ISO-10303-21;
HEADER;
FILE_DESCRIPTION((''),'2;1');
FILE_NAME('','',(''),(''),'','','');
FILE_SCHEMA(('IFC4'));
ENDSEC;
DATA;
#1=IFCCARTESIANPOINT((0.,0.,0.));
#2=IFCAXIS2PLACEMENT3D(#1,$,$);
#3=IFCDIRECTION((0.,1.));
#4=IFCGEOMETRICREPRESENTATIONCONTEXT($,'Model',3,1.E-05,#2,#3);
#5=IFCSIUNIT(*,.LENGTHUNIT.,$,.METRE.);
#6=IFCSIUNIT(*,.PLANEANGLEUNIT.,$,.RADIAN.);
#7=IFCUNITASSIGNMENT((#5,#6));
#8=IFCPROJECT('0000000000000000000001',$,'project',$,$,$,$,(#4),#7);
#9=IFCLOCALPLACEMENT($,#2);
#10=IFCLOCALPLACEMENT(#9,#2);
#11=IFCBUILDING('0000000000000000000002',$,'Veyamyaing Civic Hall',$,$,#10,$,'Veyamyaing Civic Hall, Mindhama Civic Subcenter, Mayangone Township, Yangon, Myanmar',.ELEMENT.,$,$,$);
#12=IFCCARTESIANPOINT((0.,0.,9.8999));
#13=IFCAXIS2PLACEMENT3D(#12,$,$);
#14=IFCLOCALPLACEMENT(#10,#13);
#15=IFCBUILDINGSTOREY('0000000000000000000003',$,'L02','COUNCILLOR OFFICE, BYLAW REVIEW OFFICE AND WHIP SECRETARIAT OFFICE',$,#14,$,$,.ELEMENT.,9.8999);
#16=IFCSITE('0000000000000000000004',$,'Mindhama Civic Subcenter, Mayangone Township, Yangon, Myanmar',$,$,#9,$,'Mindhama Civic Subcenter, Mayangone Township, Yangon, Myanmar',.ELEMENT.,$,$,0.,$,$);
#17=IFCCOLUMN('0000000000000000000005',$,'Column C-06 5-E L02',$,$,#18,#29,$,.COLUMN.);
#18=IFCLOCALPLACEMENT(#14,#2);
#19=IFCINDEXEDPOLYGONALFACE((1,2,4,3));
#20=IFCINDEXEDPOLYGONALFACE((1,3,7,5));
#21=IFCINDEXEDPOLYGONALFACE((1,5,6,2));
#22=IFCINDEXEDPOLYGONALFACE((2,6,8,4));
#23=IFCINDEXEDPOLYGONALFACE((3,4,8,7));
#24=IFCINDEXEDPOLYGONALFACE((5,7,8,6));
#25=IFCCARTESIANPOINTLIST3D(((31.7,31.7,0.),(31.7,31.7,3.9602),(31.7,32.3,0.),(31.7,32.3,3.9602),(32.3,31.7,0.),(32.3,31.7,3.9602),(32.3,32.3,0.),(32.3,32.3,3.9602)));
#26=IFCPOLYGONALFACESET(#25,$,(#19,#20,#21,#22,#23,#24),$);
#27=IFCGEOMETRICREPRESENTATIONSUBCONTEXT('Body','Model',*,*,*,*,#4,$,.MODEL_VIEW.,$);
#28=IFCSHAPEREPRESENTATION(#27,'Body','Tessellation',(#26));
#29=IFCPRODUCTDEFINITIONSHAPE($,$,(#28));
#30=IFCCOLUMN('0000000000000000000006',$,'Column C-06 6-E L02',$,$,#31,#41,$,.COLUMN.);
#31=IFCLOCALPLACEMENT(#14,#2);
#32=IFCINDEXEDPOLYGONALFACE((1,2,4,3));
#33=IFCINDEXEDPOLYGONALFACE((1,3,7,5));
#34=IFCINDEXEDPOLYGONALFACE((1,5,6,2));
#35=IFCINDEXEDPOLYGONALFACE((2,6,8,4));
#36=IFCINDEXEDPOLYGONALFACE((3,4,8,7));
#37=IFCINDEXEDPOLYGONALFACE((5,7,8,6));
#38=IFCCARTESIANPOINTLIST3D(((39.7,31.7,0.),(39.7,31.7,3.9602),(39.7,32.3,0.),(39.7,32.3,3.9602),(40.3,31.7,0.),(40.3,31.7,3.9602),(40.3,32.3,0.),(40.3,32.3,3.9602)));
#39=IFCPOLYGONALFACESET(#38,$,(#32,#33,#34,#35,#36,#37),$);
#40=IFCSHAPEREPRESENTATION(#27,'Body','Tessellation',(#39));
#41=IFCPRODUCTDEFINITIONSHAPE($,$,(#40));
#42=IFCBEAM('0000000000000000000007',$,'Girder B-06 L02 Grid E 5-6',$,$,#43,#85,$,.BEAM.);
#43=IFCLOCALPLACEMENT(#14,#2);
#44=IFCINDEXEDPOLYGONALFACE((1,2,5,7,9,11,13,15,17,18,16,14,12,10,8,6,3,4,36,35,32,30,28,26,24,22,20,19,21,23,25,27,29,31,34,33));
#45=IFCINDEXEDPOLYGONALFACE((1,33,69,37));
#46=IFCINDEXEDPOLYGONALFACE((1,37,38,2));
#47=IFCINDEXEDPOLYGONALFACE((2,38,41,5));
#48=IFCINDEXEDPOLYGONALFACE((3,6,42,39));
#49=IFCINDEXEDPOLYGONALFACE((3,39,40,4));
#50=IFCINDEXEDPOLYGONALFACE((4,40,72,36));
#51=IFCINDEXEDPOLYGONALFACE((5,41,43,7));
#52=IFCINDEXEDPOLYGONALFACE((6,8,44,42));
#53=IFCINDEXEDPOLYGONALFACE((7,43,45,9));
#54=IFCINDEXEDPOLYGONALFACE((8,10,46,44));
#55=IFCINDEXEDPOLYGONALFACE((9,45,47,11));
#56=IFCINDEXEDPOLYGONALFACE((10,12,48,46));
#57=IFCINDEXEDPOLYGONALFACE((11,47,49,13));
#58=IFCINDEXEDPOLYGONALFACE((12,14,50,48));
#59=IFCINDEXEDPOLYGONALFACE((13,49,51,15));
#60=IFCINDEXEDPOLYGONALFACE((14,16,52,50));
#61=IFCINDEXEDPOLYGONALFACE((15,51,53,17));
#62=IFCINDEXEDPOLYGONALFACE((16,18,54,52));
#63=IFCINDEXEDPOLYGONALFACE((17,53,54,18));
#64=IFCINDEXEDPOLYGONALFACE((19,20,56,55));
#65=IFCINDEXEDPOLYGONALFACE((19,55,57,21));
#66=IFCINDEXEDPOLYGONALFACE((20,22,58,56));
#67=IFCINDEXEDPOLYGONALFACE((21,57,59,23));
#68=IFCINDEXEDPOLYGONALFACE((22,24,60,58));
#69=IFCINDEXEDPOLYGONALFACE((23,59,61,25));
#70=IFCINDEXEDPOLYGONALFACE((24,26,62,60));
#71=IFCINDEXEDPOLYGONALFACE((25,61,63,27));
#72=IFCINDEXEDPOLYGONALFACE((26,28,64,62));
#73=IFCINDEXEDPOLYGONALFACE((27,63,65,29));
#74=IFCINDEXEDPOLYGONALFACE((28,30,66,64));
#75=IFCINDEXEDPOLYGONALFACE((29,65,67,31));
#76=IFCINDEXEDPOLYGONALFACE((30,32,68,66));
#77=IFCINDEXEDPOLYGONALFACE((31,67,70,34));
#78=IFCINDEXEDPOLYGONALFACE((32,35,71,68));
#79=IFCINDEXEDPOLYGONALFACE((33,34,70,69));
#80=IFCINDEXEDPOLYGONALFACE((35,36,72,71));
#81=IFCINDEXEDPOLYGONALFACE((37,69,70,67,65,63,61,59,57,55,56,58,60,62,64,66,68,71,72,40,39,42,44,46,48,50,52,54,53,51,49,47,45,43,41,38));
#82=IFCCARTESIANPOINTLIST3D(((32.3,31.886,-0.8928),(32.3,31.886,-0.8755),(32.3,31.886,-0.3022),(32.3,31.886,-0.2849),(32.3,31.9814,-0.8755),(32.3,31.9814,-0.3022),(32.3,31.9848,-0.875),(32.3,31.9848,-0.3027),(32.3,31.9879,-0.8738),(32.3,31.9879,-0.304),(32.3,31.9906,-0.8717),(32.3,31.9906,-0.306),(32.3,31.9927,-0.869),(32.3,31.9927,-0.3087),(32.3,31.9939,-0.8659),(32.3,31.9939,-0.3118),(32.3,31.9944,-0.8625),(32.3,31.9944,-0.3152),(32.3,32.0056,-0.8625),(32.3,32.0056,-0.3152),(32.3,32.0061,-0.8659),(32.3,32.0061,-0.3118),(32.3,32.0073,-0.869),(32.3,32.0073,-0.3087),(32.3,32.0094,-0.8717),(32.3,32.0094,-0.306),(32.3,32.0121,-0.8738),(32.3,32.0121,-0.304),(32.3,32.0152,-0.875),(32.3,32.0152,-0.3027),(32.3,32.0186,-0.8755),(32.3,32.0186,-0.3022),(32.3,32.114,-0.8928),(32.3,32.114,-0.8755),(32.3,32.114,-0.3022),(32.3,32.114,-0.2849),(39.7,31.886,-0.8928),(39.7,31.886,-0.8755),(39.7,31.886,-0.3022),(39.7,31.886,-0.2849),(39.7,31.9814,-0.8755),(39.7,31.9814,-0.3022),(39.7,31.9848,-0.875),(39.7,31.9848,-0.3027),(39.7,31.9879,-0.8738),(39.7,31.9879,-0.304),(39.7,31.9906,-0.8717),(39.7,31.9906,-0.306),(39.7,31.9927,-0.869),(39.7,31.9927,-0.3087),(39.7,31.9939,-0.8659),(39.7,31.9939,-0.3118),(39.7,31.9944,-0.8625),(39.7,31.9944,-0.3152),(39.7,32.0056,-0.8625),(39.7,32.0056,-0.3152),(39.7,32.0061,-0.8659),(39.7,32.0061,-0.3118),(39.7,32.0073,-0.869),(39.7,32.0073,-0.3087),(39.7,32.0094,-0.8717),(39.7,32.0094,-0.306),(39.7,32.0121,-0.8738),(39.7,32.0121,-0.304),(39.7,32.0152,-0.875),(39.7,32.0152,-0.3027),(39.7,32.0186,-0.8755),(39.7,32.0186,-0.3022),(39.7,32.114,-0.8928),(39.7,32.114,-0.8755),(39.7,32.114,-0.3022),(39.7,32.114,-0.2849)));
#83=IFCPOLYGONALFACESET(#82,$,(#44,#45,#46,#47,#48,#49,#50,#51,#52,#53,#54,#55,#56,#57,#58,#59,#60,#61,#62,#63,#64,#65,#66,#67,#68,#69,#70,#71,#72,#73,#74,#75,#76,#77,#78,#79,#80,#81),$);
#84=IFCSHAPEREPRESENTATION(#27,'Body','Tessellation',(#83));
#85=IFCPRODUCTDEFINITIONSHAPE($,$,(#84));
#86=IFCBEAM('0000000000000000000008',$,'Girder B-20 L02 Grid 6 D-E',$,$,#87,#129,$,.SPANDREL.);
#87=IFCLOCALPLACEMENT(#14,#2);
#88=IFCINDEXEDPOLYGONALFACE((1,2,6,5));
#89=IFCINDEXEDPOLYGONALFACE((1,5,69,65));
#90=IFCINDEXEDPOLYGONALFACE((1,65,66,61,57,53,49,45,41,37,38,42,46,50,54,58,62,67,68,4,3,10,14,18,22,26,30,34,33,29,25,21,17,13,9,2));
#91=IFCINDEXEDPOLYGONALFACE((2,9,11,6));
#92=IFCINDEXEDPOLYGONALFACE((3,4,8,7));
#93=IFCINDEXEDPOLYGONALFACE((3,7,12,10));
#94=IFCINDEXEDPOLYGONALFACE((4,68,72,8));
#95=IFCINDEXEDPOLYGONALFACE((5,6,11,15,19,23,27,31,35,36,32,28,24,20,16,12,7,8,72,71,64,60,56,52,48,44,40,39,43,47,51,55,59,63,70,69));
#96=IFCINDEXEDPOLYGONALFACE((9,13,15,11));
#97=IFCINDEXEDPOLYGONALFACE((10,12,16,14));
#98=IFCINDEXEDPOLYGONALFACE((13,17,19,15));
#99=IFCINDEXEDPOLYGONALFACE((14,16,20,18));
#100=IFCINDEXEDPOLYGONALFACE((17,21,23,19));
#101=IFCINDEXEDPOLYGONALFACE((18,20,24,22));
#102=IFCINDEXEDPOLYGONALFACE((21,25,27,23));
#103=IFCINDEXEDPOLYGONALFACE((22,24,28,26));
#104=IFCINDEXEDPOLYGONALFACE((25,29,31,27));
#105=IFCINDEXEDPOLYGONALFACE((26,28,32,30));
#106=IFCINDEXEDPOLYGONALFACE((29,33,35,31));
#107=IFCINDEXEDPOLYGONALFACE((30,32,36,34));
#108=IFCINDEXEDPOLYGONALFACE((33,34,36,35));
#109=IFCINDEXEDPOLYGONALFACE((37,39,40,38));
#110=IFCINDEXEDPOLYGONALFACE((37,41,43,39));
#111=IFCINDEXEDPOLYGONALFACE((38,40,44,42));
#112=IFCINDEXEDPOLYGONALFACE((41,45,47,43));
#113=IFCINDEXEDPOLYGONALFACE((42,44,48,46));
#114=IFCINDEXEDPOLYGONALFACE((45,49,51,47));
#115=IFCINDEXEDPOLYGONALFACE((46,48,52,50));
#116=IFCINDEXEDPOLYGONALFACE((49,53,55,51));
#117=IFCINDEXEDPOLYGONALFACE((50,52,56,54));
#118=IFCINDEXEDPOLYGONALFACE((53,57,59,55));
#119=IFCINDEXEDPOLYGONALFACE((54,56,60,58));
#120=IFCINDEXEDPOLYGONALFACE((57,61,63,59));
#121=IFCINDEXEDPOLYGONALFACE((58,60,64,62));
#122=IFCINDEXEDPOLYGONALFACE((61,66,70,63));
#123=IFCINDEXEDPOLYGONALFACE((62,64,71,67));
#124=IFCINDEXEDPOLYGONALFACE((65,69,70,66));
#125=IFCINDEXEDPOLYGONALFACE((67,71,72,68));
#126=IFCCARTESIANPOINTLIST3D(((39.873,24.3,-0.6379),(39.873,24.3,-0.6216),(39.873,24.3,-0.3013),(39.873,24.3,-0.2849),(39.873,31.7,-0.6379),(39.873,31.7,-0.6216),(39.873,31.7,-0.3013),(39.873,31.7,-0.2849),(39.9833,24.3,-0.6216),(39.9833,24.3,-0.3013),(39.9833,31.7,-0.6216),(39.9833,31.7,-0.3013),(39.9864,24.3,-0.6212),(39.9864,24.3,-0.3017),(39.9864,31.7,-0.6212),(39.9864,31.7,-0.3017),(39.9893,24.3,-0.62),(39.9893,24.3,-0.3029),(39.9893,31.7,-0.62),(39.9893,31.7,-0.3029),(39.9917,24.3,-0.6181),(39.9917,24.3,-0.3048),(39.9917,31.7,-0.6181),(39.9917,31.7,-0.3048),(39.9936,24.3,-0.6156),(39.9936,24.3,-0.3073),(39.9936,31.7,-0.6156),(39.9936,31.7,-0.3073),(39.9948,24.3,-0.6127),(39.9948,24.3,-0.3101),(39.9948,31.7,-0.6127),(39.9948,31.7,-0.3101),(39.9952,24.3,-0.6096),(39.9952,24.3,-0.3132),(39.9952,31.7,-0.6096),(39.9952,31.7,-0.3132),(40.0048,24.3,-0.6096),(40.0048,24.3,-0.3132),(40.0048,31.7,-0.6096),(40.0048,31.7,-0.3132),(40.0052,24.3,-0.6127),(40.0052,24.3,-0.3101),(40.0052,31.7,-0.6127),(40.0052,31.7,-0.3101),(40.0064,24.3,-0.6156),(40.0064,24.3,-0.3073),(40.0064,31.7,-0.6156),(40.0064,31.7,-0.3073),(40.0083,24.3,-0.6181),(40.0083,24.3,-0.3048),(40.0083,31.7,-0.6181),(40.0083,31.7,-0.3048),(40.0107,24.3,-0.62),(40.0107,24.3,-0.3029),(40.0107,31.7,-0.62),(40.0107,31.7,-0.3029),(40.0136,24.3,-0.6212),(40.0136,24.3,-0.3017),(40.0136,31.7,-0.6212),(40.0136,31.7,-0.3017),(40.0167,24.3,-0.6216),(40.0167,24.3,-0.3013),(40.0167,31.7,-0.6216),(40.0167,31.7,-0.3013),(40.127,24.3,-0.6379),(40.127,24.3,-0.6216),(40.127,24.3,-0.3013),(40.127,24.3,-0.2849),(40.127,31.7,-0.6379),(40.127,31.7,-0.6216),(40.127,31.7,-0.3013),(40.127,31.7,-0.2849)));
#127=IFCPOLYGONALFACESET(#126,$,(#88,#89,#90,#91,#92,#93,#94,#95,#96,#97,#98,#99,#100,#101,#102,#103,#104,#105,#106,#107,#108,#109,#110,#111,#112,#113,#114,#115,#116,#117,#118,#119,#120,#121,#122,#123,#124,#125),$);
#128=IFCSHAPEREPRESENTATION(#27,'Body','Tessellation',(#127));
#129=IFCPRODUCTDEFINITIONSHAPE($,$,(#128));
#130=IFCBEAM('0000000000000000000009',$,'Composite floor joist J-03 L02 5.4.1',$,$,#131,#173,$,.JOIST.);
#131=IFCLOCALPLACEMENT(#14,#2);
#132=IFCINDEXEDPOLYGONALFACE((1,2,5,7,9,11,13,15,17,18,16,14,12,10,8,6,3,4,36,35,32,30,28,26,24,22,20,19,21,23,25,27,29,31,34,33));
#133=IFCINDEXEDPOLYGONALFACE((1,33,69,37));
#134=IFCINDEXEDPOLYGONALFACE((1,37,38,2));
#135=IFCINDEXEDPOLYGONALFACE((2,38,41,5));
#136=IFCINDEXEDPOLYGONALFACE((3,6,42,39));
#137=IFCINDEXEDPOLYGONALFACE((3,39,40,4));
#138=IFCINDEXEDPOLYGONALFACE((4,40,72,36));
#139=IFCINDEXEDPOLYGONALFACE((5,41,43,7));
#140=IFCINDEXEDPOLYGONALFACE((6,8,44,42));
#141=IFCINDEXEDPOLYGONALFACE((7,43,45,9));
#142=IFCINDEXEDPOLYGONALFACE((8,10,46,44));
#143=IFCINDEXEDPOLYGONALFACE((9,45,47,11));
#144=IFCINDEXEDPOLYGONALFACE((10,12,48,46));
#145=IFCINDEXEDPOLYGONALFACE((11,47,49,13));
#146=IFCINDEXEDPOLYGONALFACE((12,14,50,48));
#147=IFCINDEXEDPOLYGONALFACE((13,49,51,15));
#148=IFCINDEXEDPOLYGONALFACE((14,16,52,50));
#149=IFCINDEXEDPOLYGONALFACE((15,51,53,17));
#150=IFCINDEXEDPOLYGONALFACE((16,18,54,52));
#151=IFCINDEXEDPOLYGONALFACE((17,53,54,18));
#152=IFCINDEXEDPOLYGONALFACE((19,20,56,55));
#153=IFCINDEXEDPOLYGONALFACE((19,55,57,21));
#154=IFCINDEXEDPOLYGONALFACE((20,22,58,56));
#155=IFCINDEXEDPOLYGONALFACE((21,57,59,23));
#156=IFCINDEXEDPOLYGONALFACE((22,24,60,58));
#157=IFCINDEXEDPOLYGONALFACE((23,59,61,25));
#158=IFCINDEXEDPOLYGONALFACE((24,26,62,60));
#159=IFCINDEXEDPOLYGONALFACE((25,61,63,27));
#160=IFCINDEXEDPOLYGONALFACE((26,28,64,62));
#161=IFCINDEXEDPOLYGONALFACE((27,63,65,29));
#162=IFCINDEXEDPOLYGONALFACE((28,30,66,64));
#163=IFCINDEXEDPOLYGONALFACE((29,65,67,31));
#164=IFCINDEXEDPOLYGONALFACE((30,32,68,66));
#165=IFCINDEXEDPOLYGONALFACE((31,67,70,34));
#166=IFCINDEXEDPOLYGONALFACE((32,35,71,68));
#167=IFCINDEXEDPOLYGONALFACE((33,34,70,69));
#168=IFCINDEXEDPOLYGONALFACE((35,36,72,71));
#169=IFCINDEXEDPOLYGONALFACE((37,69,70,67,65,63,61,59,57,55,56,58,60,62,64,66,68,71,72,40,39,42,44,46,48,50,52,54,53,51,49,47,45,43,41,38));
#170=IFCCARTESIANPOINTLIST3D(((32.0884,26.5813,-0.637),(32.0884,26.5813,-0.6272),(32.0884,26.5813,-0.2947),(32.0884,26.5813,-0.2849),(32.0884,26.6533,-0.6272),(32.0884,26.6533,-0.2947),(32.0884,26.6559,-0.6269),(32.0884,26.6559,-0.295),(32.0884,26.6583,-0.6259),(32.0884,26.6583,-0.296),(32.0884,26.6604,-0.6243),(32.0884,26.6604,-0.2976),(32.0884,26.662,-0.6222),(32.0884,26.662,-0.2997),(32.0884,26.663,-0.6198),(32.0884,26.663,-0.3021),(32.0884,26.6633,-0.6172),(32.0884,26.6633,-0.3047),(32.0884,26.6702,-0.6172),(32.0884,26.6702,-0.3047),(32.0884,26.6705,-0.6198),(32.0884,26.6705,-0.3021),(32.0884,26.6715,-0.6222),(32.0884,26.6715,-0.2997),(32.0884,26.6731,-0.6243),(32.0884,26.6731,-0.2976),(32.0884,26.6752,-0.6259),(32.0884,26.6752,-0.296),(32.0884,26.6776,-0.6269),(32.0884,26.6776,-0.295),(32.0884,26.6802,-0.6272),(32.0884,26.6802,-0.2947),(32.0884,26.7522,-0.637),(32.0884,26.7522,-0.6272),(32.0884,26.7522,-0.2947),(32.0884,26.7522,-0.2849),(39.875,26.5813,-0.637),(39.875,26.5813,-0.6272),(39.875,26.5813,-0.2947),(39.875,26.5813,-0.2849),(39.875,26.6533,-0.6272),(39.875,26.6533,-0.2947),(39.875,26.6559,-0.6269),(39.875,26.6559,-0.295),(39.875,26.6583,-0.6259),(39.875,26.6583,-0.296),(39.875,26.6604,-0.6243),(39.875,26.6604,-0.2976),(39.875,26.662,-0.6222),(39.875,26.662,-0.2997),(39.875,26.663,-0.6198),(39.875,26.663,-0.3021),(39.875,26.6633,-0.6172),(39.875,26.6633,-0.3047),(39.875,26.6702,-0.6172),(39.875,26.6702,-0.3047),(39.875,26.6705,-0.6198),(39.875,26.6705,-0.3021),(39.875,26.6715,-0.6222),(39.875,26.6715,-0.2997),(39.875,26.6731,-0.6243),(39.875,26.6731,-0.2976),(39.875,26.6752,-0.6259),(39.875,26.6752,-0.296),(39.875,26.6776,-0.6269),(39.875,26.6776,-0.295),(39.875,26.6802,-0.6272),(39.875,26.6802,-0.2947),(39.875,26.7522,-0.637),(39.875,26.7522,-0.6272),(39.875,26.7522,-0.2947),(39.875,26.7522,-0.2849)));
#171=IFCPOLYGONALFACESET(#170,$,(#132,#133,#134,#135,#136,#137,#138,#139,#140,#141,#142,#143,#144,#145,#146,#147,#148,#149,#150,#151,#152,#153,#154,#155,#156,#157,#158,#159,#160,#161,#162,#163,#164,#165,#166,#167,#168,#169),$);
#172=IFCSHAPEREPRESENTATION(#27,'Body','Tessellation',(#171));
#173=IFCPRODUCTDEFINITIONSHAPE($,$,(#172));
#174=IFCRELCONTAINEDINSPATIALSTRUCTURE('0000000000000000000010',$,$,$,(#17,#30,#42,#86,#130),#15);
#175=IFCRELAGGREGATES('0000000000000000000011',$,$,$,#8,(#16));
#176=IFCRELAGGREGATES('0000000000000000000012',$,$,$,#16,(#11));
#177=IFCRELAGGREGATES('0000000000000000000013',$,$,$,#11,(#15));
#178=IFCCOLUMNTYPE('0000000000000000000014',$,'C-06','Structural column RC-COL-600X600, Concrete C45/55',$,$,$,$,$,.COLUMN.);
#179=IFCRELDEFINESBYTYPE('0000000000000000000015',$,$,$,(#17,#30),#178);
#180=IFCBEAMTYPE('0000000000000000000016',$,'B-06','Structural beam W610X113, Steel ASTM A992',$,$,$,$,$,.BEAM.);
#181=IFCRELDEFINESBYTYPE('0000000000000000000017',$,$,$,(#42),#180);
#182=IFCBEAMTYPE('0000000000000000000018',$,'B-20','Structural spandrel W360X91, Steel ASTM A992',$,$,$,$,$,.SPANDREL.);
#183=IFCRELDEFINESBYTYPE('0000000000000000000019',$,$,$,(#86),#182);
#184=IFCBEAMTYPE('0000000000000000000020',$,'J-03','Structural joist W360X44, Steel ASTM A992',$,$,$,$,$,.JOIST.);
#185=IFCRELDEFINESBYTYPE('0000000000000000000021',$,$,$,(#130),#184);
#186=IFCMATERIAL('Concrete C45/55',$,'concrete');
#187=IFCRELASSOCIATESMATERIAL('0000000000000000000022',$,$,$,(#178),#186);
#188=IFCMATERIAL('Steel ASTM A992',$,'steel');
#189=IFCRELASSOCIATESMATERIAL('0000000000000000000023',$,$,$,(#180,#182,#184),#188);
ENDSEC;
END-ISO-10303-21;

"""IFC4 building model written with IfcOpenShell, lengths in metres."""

from ifc_helpers import new_model, si_unit, direction, frame, origin, origin_2d, place, context, subcontext, project, spatial, rectangle, i_section, extrude, material, material_profile, profile_set, type_object, element, save


model = new_model("IFC4")

# Units and contexts
model_context = context("Model", 3, precision=1e-05, world=origin(), true_north=direction((0.0, 1.0)))
body_context = subcontext(model_context, "Body", "Model", "MODEL_VIEW")
ifc_project = project(units=[si_unit("LENGTHUNIT", "METRE"), si_unit("PLANEANGLEUNIT", "RADIAN")], contexts=[model_context])

# Site, building, storey
site_placement = place(None, origin())
site = spatial("IfcSite", under=ifc_project, at=site_placement, Name="Mindhama Civic Subcenter, Mayangone Township, Yangon, Myanmar", LongName="Mindhama Civic Subcenter, Mayangone Township, Yangon, Myanmar", CompositionType="ELEMENT", RefElevation=0.0)
building_placement = place(site_placement, origin())
building = spatial("IfcBuilding", under=site, at=building_placement, Name="Veyamyaing Civic Hall", LongName="Veyamyaing Civic Hall, Mindhama Civic Subcenter, Mayangone Township, Yangon, Myanmar", CompositionType="ELEMENT")
storey_placement = place(building_placement, frame((0.0, 0.0, 9.8999)))
storey = spatial("IfcBuildingStorey", under=building, at=storey_placement, Name="L02", Description="COUNCILLOR OFFICE, BYLAW REVIEW OFFICE AND WHIP SECRETARIAT OFFICE", CompositionType="ELEMENT", Elevation=9.8999)

# Columns
ifc_material_1 = material(Name="Concrete C45/55", Category="concrete")
ifc_material_profile_1 = material_profile(ifc_material_1, rectangle(XDim=0.6001, YDim=0.6001, at=origin_2d()), Name="RC-COL-600X600")
ifc_profile_set_1 = profile_set([ifc_material_profile_1], Name="Concrete C45/55")
column_type = type_object("IfcColumnType", Name="C-06", Description="Structural column RC-COL-600X600, Concrete C45/55", PredefinedType="COLUMN", material=ifc_profile_set_1)
for number, where, z_axis, x_axis, name in (
    (1, (32.0, 32.0, 0.0), (0.0, 0.0, 1.0), (1.0, 0.0, 0.0), "Column C-06 5-E L02"),
    (2, (40.0, 32.0, 0.0), (0.0, 0.0, 1.0), (1.0, 0.0, 0.0), "Column C-06 6-E L02"),
):
    element("IfcColumn", number, at=place(storey_placement, frame(where, z_axis=z_axis, x_axis=x_axis)), inside=storey, type_object=column_type, Name=name, PredefinedType="COLUMN", context=body_context, shape_type="SweptSolid", body=[
        extrude(rectangle(XDim=0.6001, YDim=0.6001, at=origin_2d()), origin(), (0.0, 0.0, 1.0), 3.9602),
    ])

# Beams
ifc_material_2 = material(Name="Steel ASTM A992", Category="steel")
ifc_material_profile_2 = material_profile(ifc_material_2, i_section(OverallWidth=0.228, OverallDepth=0.6079, WebThickness=0.0112, FlangeThickness=0.0173, FilletRadius=0.0129, at=origin_2d()), Name="W610X113")
ifc_profile_set_2 = profile_set([ifc_material_profile_2], Name="Steel ASTM A992")
beam_type_1 = type_object("IfcBeamType", Name="B-06", Description="Structural beam W610X113, Steel ASTM A992", PredefinedType="BEAM", material=ifc_profile_set_2)
beam_1_placement = place(storey_placement, frame((32.3, 32.0, -0.5889), z_axis=(1.0, 0.0, 0.0), x_axis=(0.0, 1.0, 0.0)))
element("IfcBeam", 3, at=beam_1_placement, inside=storey, type_object=beam_type_1, Name="Girder B-06 L02 Grid E 5-6", PredefinedType="BEAM", context=body_context, shape_type="SweptSolid", body=[
    extrude(i_section(OverallWidth=0.228, OverallDepth=0.6079, WebThickness=0.0112, FlangeThickness=0.0173, FilletRadius=0.0129, at=origin_2d()), origin(), (0.0, 0.0, 1.0), 7.3999),
])
ifc_material_profile_3 = material_profile(ifc_material_2, i_section(OverallWidth=0.2539, OverallDepth=0.353, WebThickness=0.0095, FlangeThickness=0.0164, FilletRadius=0.012, at=origin_2d()), Name="W360X91")
ifc_profile_set_3 = profile_set([ifc_material_profile_3], Name="Steel ASTM A992")
beam_type_2 = type_object("IfcBeamType", Name="B-20", Description="Structural spandrel W360X91, Steel ASTM A992", PredefinedType="SPANDREL", material=ifc_profile_set_3)
beam_2_placement = place(storey_placement, frame((40.0, 24.3, -0.4614), z_axis=(0.0, 1.0, 0.0), x_axis=(-1.0, 0.0, 0.0)))
element("IfcBeam", 4, at=beam_2_placement, inside=storey, type_object=beam_type_2, Name="Girder B-20 L02 Grid 6 D-E", PredefinedType="SPANDREL", context=body_context, shape_type="SweptSolid", body=[
    extrude(i_section(OverallWidth=0.2539, OverallDepth=0.353, WebThickness=0.0095, FlangeThickness=0.0164, FilletRadius=0.012, at=origin_2d()), origin(), (0.0, 0.0, 1.0), 7.3999),
])
ifc_material_profile_4 = material_profile(ifc_material_2, i_section(OverallWidth=0.1709, OverallDepth=0.3521, WebThickness=0.0068, FlangeThickness=0.0098, FilletRadius=0.01, at=origin_2d()), Name="W360X44")
ifc_profile_set_4 = profile_set([ifc_material_profile_4], Name="Steel ASTM A992")
beam_type_3 = type_object("IfcBeamType", Name="J-03", Description="Structural joist W360X44, Steel ASTM A992", PredefinedType="JOIST", material=ifc_profile_set_4)
for number, where, z_axis, x_axis, name in (
    (5, (32.0884, 26.6667, -0.4609), (1.0, 0.0, 0.0), (0.0, 1.0, 0.0), "Composite floor joist J-03 L02 5.4.1"),
):
    element("IfcBeam", number, at=place(storey_placement, frame(where, z_axis=z_axis, x_axis=x_axis)), inside=storey, type_object=beam_type_3, Name=name, PredefinedType="JOIST", context=body_context, shape_type="SweptSolid", body=[
        extrude(i_section(OverallWidth=0.1709, OverallDepth=0.3521, WebThickness=0.0068, FlangeThickness=0.0098, FilletRadius=0.01, at=origin_2d()), origin(), (0.0, 0.0, 1.0), 7.7866),
    ])

save(model, "model.ifc")
